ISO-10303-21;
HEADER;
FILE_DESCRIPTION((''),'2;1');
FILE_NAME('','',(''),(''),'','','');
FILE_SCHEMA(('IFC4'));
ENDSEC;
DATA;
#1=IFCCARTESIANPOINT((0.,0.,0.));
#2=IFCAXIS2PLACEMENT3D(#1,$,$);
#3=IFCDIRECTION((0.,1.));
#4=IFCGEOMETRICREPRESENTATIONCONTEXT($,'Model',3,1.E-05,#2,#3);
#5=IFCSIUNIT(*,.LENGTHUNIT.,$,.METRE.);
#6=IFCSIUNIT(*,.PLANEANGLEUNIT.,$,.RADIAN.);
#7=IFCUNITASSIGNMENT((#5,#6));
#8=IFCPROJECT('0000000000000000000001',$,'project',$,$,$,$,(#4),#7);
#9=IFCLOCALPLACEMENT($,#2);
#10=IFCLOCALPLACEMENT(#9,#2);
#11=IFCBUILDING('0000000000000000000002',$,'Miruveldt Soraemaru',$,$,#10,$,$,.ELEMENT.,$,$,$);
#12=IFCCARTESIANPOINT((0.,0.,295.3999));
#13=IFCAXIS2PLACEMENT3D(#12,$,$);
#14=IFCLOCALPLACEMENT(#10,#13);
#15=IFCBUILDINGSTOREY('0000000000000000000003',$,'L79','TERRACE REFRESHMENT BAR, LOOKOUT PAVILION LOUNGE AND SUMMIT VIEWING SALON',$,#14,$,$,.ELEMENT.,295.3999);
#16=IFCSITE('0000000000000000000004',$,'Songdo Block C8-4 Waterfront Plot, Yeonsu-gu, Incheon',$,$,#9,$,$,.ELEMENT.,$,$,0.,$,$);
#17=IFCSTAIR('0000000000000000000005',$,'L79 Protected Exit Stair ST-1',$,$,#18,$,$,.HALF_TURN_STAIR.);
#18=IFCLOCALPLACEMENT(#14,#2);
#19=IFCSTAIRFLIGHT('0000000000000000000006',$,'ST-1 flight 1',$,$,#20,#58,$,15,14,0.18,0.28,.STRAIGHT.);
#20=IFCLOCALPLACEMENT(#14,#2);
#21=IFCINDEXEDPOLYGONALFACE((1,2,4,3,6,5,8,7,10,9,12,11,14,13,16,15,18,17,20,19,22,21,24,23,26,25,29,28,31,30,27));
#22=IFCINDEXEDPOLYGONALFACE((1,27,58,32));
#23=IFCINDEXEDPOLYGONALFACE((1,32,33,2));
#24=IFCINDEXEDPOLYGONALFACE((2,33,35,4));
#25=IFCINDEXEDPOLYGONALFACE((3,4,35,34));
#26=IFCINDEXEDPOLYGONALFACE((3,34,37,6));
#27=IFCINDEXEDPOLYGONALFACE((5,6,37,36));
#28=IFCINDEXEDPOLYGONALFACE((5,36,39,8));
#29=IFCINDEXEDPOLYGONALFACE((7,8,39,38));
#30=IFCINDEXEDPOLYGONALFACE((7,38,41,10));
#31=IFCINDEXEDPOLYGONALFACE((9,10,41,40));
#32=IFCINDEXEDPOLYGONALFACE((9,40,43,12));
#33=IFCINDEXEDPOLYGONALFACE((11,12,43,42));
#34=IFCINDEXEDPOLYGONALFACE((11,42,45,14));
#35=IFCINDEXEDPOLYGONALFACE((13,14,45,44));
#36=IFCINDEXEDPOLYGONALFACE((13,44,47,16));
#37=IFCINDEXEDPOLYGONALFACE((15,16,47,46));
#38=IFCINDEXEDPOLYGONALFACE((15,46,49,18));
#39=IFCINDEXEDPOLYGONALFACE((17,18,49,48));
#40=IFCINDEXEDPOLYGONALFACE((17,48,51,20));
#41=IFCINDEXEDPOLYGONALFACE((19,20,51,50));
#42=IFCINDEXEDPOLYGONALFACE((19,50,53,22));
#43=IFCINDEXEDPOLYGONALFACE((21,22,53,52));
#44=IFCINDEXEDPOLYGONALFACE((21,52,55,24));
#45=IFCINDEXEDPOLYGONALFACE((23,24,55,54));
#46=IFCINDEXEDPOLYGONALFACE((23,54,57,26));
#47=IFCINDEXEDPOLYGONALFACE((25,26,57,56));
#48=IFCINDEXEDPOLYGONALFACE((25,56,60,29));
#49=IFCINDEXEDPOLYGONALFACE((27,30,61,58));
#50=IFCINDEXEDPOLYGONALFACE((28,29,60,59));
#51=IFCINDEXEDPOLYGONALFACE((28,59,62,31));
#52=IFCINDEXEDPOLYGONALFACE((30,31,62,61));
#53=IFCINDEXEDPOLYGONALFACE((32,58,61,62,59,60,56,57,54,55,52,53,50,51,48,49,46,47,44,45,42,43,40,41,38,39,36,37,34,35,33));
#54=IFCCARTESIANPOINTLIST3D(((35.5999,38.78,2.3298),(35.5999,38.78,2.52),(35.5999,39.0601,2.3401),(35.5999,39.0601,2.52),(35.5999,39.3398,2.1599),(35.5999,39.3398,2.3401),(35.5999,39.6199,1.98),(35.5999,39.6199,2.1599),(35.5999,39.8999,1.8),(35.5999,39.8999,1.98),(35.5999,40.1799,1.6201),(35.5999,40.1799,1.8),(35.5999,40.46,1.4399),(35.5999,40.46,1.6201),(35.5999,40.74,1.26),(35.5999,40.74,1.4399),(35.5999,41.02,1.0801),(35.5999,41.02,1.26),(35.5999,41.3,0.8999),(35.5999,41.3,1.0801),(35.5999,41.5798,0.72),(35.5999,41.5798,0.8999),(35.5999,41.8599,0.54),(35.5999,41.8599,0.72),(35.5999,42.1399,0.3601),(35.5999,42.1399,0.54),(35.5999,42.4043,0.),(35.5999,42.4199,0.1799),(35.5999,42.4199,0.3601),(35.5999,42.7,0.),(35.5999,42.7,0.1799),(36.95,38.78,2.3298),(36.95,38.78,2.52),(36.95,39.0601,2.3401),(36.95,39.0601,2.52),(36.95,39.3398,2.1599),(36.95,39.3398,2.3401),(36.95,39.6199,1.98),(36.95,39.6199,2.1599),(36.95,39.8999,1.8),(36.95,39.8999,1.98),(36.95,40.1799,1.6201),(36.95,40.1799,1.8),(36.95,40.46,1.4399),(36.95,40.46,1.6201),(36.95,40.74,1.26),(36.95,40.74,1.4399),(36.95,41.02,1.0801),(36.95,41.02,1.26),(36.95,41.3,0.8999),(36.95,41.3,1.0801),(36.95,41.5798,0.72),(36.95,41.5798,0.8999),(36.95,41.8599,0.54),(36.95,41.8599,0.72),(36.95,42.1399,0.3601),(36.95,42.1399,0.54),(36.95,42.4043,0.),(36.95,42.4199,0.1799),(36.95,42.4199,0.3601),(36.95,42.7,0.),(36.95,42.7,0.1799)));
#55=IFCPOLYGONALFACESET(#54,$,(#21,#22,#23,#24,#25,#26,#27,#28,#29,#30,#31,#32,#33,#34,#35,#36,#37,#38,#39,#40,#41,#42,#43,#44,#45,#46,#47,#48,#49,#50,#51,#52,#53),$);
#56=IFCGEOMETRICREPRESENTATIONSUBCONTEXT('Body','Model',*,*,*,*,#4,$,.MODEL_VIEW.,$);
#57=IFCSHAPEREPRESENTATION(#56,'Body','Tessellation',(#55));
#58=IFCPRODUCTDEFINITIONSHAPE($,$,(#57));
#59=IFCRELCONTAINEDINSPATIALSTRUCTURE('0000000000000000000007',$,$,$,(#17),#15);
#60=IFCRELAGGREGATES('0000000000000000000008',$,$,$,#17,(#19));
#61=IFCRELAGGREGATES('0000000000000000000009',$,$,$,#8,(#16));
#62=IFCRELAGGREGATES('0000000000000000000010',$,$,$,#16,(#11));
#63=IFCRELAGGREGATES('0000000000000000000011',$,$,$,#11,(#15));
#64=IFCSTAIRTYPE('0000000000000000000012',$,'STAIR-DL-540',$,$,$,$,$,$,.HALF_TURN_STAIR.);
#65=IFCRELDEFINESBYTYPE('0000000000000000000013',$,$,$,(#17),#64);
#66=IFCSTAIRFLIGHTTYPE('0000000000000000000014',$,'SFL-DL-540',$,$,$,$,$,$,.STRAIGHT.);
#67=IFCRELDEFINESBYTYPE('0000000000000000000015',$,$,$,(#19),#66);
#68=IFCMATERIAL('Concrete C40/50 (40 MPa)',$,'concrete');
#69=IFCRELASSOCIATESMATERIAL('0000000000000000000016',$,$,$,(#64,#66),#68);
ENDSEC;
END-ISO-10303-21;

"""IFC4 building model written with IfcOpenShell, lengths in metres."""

from ifc_helpers import new_model, si_unit, direction, frame, origin, place, context, subcontext, project, spatial, polyline, outline, extrude, material, type_object, element, aggregate, save


model = new_model("IFC4")

# Units and contexts
model_context = context("Model", 3, precision=1e-05, world=origin(), true_north=direction((0.0, 1.0)))
body_context = subcontext(model_context, "Body", "Model", "MODEL_VIEW")
ifc_project = project(units=[si_unit("LENGTHUNIT", "METRE"), si_unit("PLANEANGLEUNIT", "RADIAN")], contexts=[model_context])

# Site, building, storey
site_placement = place(None, origin())
site = spatial("IfcSite", under=ifc_project, at=site_placement, Name="Songdo Block C8-4 Waterfront Plot, Yeonsu-gu, Incheon", CompositionType="ELEMENT", RefElevation=0.0)
building_placement = place(site_placement, origin())
building = spatial("IfcBuilding", under=site, at=building_placement, Name="Miruveldt Soraemaru", CompositionType="ELEMENT")
storey_placement = place(building_placement, frame((0.0, 0.0, 295.3999)))
storey = spatial("IfcBuildingStorey", under=building, at=storey_placement, Name="L79", Description="TERRACE REFRESHMENT BAR, LOOKOUT PAVILION LOUNGE AND SUMMIT VIEWING SALON", CompositionType="ELEMENT", Elevation=295.3999)

# Shared definitions
ifc_material_1 = material(Name="Concrete C40/50 (40 MPa)", Category="concrete")

# Stair, stair flight
stair_type = type_object("IfcStairType", Name="STAIR-DL-540", PredefinedType="HALF_TURN_STAIR", material=ifc_material_1)
stair_placement = place(storey_placement, origin())
stair = element("IfcStair", 1, at=stair_placement, inside=storey, type_object=stair_type, Name="L79 Protected Exit Stair ST-1", PredefinedType="HALF_TURN_STAIR")
stair_flight_type = type_object("IfcStairFlightType", Name="SFL-DL-540", PredefinedType="STRAIGHT", material=ifc_material_1)
stair_flight_placement = place(storey_placement, frame((36.2749, 42.7, 0.0), z_axis=(0.0, 0.0, 1.0), x_axis=(0.0, -1.0, 0.0)))
stair_flight = element("IfcStairFlight", 2, at=stair_flight_placement, type_object=stair_flight_type, Name="ST-1 flight 1", NumberOfRisers=15, NumberOfTreads=14, PredefinedType="STRAIGHT", RiserHeight=0.18, TreadLength=0.28, context=body_context, shape_type="SweptSolid", body=[
    extrude(outline(polyline([(0.0, 0.0), (0.0, 0.1799), (0.28, 0.1799), (0.28, 0.3601), (0.5601, 0.3601), (0.5601, 0.54), (0.8401, 0.54), (0.8401, 0.72), (1.1201, 0.72), (1.1201, 0.8999), (1.3999, 0.8999), (1.3999, 1.0801), (1.6799, 1.0801), (1.6799, 1.26), (1.96, 1.26), (1.96, 1.4399), (2.24, 1.4399), (2.24, 1.6201), (2.52, 1.6201), (2.52, 1.8), (2.8, 1.8), (2.8, 1.98), (3.0801, 1.98), (3.0801, 2.1599), (3.3601, 2.1599), (3.3601, 2.3401), (3.6399, 2.3401), (3.6399, 2.52), (3.9199, 2.52), (3.9199, 2.7), (3.9199, 2.3298), (0.2957, 0.0), (0.0, 0.0)])), frame((0.0, 0.675, 0.0), z_axis=(0.0, -1.0, 0.0), x_axis=(1.0, 0.0, 0.0)), (0.0, 0.0, 1.0), 1.3501),
])
aggregate(stair, [stair_flight])

save(model, "model.ifc")
